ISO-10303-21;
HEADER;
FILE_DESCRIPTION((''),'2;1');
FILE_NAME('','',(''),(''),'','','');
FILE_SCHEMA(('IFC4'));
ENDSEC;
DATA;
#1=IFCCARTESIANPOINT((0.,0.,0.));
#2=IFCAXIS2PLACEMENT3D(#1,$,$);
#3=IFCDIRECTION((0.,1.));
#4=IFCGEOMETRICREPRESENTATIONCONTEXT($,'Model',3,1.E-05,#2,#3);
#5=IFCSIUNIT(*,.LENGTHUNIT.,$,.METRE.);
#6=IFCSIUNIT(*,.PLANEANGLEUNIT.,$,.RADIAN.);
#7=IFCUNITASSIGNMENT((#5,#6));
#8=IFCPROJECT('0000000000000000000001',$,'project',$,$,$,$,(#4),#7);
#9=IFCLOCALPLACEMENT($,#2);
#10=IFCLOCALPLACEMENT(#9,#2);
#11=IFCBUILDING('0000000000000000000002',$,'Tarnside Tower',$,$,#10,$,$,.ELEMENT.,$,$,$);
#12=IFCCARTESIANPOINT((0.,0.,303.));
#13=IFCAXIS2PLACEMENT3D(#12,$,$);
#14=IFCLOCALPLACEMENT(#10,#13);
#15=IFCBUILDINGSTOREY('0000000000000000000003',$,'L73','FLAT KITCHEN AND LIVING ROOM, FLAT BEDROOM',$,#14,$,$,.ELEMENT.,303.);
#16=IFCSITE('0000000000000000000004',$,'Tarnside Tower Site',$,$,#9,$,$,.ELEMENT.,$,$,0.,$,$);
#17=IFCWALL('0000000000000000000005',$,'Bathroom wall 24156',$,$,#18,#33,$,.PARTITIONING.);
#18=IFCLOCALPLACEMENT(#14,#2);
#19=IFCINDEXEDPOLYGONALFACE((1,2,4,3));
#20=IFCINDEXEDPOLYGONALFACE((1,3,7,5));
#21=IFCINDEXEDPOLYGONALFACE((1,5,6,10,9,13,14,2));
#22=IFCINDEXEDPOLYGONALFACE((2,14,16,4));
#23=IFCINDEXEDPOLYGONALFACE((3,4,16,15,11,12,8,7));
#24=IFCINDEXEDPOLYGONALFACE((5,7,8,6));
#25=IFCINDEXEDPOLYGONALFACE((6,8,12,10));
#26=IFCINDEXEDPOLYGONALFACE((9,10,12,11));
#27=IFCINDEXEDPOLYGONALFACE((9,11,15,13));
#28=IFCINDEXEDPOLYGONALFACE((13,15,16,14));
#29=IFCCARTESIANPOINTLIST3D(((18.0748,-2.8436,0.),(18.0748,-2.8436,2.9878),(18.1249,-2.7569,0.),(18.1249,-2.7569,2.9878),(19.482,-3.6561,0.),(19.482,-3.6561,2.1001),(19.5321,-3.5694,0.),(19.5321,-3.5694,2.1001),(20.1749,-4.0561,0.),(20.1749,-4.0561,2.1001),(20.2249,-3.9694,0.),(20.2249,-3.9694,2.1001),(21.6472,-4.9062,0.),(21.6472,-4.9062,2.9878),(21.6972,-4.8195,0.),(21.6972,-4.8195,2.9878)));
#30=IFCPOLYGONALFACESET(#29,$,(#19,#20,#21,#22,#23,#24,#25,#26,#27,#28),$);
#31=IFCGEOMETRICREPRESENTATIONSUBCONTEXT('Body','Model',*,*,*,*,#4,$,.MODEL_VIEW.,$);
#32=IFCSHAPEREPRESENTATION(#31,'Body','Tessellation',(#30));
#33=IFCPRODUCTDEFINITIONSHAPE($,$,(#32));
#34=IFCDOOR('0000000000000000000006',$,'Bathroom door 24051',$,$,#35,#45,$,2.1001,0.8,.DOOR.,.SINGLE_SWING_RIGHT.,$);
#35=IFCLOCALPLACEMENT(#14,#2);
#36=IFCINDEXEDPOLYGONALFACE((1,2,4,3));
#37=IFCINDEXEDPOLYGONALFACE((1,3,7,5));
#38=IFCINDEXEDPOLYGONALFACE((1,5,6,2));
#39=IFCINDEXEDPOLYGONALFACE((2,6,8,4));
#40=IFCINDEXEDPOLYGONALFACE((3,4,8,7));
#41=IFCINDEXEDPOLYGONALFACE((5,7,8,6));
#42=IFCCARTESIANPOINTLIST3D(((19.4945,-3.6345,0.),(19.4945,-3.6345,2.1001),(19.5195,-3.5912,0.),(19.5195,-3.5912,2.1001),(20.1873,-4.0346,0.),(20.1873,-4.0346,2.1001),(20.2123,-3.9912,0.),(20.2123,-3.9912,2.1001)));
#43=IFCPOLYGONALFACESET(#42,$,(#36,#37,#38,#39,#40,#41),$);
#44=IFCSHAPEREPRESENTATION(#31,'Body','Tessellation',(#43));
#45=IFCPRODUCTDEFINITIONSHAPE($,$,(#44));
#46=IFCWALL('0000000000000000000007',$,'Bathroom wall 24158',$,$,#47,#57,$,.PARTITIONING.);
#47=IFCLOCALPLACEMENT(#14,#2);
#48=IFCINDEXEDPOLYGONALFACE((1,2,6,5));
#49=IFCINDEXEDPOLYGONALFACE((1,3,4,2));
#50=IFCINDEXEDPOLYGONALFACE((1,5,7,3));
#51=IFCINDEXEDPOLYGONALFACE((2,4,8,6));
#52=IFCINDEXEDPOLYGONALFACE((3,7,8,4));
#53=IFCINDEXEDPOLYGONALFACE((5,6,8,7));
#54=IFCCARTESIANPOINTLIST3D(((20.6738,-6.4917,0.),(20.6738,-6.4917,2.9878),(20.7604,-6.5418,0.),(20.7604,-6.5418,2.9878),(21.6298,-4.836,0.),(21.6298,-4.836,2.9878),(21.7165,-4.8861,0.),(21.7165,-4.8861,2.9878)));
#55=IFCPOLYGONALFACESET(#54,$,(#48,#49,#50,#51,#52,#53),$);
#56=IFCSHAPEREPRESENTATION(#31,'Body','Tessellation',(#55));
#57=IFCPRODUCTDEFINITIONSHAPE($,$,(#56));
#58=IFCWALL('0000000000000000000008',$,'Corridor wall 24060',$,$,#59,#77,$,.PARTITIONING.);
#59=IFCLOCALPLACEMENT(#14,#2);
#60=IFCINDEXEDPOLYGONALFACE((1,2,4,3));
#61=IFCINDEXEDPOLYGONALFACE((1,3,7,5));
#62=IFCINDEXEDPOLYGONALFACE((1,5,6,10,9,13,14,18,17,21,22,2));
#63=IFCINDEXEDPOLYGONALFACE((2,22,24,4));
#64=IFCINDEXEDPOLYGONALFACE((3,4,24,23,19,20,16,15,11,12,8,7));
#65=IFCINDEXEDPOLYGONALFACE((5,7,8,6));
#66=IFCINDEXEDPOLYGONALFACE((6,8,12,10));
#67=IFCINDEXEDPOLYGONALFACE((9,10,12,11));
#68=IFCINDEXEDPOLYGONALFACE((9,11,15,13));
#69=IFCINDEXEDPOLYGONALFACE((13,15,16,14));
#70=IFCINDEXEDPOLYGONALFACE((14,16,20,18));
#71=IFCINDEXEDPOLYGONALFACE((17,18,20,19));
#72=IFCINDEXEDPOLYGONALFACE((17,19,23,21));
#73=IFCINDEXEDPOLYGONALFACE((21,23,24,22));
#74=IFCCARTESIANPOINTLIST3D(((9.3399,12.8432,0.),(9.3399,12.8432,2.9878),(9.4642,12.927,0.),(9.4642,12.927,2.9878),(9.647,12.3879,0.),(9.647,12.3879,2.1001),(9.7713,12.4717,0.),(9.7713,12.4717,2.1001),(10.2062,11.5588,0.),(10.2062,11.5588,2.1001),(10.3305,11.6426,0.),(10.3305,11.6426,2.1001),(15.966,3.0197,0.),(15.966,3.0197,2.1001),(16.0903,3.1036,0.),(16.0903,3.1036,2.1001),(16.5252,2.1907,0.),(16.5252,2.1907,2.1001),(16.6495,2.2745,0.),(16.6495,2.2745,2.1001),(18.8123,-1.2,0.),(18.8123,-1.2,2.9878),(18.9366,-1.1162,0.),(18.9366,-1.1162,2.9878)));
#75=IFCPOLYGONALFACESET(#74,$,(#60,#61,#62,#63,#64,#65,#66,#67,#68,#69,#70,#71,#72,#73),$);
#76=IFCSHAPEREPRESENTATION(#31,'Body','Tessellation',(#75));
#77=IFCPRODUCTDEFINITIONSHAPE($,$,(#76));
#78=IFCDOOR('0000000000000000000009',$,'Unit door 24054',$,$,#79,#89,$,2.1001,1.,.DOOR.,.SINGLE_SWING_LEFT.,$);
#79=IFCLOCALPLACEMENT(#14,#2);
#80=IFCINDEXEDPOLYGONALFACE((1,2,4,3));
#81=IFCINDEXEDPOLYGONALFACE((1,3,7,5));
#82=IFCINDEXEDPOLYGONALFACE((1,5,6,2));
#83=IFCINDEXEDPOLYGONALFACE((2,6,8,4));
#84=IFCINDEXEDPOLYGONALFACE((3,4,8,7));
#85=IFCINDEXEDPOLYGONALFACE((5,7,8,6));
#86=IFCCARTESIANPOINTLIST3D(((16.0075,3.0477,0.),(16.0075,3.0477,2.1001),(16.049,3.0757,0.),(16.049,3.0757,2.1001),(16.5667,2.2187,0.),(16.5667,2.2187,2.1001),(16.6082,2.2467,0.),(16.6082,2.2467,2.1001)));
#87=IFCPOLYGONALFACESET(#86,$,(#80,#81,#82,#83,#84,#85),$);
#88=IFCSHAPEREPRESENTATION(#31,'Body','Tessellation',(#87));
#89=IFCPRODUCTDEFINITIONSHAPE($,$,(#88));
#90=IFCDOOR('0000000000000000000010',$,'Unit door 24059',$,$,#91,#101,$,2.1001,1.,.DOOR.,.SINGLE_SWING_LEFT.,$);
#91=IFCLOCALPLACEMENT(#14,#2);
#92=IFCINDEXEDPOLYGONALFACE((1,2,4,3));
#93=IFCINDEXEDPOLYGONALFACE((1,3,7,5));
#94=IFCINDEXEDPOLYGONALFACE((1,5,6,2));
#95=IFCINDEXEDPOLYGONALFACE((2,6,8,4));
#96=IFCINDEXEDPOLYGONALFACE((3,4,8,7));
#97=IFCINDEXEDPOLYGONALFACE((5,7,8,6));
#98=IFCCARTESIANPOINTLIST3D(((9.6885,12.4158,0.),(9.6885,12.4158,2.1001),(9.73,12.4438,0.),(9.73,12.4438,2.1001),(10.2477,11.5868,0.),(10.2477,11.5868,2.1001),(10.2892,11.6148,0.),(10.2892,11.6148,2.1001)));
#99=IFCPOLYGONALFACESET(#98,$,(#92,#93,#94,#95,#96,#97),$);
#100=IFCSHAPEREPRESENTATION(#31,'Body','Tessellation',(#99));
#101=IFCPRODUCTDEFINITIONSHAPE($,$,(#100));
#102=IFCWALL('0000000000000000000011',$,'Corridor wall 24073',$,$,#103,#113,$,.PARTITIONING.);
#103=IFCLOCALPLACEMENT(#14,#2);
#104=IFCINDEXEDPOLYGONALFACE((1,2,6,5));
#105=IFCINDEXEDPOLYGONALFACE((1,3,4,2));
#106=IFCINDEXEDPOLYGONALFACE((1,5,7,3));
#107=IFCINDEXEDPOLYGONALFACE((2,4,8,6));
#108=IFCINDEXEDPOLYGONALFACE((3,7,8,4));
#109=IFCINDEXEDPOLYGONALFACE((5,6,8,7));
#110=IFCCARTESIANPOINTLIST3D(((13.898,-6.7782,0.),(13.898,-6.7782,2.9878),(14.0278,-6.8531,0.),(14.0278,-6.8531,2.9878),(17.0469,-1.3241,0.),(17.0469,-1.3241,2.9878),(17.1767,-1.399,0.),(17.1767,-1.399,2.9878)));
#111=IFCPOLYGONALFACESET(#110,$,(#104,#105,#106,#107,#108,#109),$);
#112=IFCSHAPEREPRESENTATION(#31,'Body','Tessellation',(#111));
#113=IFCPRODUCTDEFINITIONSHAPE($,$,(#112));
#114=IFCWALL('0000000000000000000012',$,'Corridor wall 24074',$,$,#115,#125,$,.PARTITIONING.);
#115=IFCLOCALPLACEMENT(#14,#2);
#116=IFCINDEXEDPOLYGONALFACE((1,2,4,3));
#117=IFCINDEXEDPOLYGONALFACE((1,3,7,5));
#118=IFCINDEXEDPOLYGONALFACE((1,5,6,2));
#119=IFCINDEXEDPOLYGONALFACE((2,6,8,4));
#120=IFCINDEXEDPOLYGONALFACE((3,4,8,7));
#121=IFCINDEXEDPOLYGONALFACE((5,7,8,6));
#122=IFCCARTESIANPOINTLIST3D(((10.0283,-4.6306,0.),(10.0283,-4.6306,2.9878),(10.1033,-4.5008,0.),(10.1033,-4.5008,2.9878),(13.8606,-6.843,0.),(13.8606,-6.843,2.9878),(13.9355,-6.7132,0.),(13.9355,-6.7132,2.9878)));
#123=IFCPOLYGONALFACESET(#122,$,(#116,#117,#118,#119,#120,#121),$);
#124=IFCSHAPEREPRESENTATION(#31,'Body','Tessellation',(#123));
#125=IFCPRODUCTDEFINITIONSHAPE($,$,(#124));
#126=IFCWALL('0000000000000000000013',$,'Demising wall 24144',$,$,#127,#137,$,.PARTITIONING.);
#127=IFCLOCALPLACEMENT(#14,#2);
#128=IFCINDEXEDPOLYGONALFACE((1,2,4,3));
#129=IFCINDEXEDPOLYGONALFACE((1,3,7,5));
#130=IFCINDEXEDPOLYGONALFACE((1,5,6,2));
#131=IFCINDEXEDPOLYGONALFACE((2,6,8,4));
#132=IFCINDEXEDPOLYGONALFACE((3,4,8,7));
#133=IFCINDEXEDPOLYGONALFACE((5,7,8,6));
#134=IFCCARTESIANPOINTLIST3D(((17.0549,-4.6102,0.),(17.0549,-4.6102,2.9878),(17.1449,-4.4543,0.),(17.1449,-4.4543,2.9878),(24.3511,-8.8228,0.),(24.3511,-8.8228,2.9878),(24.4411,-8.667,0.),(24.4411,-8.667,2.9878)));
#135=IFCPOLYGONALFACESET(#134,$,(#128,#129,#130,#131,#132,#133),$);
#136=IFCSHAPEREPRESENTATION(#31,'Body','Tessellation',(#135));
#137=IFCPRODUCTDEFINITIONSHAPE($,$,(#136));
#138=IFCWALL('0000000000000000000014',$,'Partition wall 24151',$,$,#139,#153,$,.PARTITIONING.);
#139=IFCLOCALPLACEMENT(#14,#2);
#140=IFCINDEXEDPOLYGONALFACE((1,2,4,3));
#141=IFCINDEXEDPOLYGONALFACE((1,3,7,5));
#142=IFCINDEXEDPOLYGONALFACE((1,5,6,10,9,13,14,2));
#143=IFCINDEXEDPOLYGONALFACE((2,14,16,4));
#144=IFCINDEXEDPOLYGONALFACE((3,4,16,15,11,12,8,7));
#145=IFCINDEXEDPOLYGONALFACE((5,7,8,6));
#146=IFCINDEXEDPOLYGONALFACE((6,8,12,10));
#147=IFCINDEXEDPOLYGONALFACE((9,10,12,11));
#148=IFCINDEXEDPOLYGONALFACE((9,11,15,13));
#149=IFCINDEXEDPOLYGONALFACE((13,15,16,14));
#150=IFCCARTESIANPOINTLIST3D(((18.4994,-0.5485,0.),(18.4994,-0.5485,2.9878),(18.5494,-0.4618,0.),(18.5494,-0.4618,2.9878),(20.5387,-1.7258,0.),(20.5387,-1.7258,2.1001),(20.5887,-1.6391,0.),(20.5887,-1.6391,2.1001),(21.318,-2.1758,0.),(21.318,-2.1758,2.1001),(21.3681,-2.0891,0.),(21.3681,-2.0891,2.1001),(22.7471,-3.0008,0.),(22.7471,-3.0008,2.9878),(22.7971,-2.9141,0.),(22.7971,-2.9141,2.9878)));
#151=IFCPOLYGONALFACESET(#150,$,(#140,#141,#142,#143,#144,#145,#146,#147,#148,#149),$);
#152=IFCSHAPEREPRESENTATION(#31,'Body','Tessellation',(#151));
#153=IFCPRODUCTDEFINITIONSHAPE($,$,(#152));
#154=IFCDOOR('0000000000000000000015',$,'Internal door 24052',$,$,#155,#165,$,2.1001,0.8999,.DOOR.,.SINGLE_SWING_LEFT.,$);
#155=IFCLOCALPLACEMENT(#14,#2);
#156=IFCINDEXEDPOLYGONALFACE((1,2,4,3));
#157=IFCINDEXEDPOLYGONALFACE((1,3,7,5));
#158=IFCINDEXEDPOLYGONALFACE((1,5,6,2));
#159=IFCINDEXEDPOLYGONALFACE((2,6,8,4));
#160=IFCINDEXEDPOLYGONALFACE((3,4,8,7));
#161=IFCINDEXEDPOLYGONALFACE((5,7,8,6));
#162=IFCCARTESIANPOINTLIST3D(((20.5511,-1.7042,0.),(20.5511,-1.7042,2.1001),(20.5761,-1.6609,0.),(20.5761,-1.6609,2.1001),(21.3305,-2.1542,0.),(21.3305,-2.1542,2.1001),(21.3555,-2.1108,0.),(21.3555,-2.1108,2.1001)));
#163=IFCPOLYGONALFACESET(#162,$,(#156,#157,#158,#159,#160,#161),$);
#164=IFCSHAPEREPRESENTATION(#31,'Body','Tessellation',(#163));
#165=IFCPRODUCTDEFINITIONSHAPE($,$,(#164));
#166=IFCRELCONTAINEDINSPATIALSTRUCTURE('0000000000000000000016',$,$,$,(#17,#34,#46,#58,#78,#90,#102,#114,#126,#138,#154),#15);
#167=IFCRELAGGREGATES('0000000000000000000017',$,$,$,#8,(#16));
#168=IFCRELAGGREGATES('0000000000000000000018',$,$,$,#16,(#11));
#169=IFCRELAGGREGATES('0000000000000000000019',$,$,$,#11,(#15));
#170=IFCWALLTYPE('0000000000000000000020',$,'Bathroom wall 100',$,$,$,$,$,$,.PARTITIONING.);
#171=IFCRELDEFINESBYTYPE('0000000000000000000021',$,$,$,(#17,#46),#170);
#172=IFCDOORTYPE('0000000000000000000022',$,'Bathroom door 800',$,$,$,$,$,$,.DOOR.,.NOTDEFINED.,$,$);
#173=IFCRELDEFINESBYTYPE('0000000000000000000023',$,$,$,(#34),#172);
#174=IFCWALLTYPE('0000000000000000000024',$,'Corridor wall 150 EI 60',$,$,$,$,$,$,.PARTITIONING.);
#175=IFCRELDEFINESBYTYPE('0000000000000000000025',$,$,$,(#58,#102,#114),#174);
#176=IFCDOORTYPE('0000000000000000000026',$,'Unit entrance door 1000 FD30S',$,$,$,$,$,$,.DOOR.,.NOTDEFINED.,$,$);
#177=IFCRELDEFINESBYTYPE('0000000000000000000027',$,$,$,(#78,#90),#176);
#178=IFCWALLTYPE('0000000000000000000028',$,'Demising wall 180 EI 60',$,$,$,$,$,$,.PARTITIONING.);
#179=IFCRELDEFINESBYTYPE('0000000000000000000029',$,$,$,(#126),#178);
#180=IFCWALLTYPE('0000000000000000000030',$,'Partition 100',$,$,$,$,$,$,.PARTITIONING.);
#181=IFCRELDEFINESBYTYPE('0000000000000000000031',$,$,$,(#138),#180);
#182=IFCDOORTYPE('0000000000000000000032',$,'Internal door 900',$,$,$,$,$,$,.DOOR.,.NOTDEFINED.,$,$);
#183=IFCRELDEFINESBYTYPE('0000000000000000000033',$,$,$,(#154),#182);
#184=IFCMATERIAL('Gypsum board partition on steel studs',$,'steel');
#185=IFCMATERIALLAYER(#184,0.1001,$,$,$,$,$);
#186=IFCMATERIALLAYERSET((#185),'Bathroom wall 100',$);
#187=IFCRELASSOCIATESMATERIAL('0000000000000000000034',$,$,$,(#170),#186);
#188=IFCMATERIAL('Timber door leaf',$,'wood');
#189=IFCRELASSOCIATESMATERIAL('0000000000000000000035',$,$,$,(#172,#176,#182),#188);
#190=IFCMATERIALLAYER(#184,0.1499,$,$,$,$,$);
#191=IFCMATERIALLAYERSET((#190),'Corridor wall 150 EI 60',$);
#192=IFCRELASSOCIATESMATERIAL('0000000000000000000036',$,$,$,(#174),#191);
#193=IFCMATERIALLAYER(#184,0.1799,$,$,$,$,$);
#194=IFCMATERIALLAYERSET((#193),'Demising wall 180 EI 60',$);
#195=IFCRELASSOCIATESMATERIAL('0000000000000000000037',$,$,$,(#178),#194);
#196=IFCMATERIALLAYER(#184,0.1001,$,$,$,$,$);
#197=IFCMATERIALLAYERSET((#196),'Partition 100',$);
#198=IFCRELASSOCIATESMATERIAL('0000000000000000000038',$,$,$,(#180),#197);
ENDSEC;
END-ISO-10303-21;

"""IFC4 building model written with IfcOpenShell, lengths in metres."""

from ifc_helpers import new_model, si_unit, direction, frame, frame_2d, origin, place, context, subcontext, project, spatial, rectangle, extrude, material, layer, layer_set, type_object, element, fill, save


model = new_model("IFC4")

# Units and contexts
model_context = context("Model", 3, precision=1e-05, world=origin(), true_north=direction((0.0, 1.0)))
body_context = subcontext(model_context, "Body", "Model", "MODEL_VIEW")
ifc_project = project(units=[si_unit("LENGTHUNIT", "METRE"), si_unit("PLANEANGLEUNIT", "RADIAN")], contexts=[model_context])

# Site, building, storey
site_placement = place(None, origin())
site = spatial("IfcSite", under=ifc_project, at=site_placement, Name="Tarnside Tower Site", CompositionType="ELEMENT", RefElevation=0.0)
building_placement = place(site_placement, origin())
building = spatial("IfcBuilding", under=site, at=building_placement, Name="Tarnside Tower", CompositionType="ELEMENT")
storey_placement = place(building_placement, frame((0.0, 0.0, 303.0)))
storey = spatial("IfcBuildingStorey", under=building, at=storey_placement, Name="L73", Description="FLAT KITCHEN AND LIVING ROOM, FLAT BEDROOM", CompositionType="ELEMENT", Elevation=303.0)

# Wall, opening, door
ifc_material_1 = material(Name="Gypsum board partition on steel studs", Category="steel")
ifc_layer_1 = layer(ifc_material_1, 0.1001)
ifc_layer_set_1 = layer_set([ifc_layer_1], Name="Bathroom wall 100")
wall_type_1 = type_object("IfcWallType", Name="Bathroom wall 100", PredefinedType="PARTITIONING", material=ifc_layer_set_1)
wall_1_placement = place(storey_placement, frame((18.0999, -2.8003, 0.0), z_axis=(0.0, 0.0, 1.0), x_axis=(0.86602, -0.500009, 0.0)))
wall_1 = element("IfcWall", 1, at=wall_1_placement, inside=storey, type_object=wall_type_1, Name="Bathroom wall 24156", PredefinedType="PARTITIONING", context=body_context, shape_type="SweptSolid", body=[
    extrude(rectangle(XDim=4.125, YDim=0.1001, at=frame_2d((2.0625, 0.0))), origin(), (0.0, 0.0, 1.0), 2.9878),
])
opening_1_placement = place(wall_1_placement, frame((1.625, 0.0, 0.0)))
opening_1 = element("IfcOpeningElement", 2, at=opening_1_placement, cuts=wall_1, PredefinedType="OPENING", context=body_context, shape_type="SweptSolid", body=[
    extrude(rectangle(XDim=0.8, YDim=2.1001, at=frame_2d((0.3999, 1.05))), frame((0.0, 0.0601, 0.0), z_axis=(0.0, -1.0, 0.0), x_axis=(1.0, 0.0, 0.0)), (0.0, 0.0, 1.0), 0.1201),
])
ifc_material_2 = material(Name="Timber door leaf", Category="wood")
door_type_1 = type_object("IfcDoorType", Name="Bathroom door 800", OperationType="NOTDEFINED", PredefinedType="DOOR", material=ifc_material_2)
door_1_placement = place(opening_1_placement, origin())
door_1 = element("IfcDoor", 3, at=door_1_placement, inside=storey, type_object=door_type_1, Name="Bathroom door 24051", OperationType="SINGLE_SWING_RIGHT", OverallHeight=2.1001, OverallWidth=0.8, PredefinedType="DOOR", context=body_context, shape_type="SweptSolid", body=[
    extrude(rectangle(XDim=0.8, YDim=2.1001, at=frame_2d((0.3999, 1.05))), frame((0.0, 0.0249, 0.0), z_axis=(0.0, -1.0, 0.0), x_axis=(1.0, 0.0, 0.0)), (0.0, 0.0, 1.0), 0.05),
])
fill(opening_1, door_1)

# Wall
wall_2_placement = place(storey_placement, frame((20.717, -6.5168, 0.0), z_axis=(0.0, 0.0, 1.0), x_axis=(0.500039, 0.866003, 0.0)))
element("IfcWall", 4, at=wall_2_placement, inside=storey, type_object=wall_type_1, Name="Bathroom wall 24158", PredefinedType="PARTITIONING", context=body_context, shape_type="SweptSolid", body=[
    extrude(rectangle(XDim=1.9119, YDim=0.1001, at=frame_2d((0.9561, 0.0))), origin(), (0.0, 0.0, 1.0), 2.9878),
])

# Wall, openings, doors
ifc_layer_2 = layer(ifc_material_1, 0.1499)
ifc_layer_set_2 = layer_set([ifc_layer_2], Name="Corridor wall 150 EI 60")
wall_type_2 = type_object("IfcWallType", Name="Corridor wall 150 EI 60", PredefinedType="PARTITIONING", material=ifc_layer_set_2)
wall_3_placement = place(storey_placement, frame((18.8745, -1.1582, 0.0), z_axis=(0.0, 0.0, 1.0), x_axis=(-0.559199, 0.829034, 0.0)))
wall_3 = element("IfcWall", 5, at=wall_3_placement, inside=storey, type_object=wall_type_2, Name="Corridor wall 24060", PredefinedType="PARTITIONING", context=body_context, shape_type="SweptSolid", body=[
    extrude(rectangle(XDim=16.9392, YDim=0.1499, at=frame_2d((8.4697, 0.0))), origin(), (0.0, 0.0, 1.0), 2.9878),
])
opening_2_placement = place(wall_3_placement, frame((4.0901, 0.0, 0.0)))
opening_2 = element("IfcOpeningElement", 6, at=opening_2_placement, cuts=wall_3, PredefinedType="OPENING", context=body_context, shape_type="SweptSolid", body=[
    extrude(rectangle(XDim=1.0, YDim=2.1001, at=frame_2d((0.5, 1.05))), frame((0.0, 0.085, 0.0), z_axis=(0.0, -1.0, 0.0), x_axis=(1.0, 0.0, 0.0)), (0.0, 0.0, 1.0), 0.1699),
])
opening_3_placement = place(wall_3_placement, frame((15.3901, 0.0, 0.0)))
opening_3 = element("IfcOpeningElement", 7, at=opening_3_placement, cuts=wall_3, PredefinedType="OPENING", context=body_context, shape_type="SweptSolid", body=[
    extrude(rectangle(XDim=1.0, YDim=2.1001, at=frame_2d((0.5, 1.05))), frame((0.0, 0.085, 0.0), z_axis=(0.0, -1.0, 0.0), x_axis=(1.0, 0.0, 0.0)), (0.0, 0.0, 1.0), 0.1699),
])
door_type_2 = type_object("IfcDoorType", Name="Unit entrance door 1000 FD30S", OperationType="NOTDEFINED", PredefinedType="DOOR", material=ifc_material_2)
door_2_placement = place(opening_2_placement, origin())
door_2 = element("IfcDoor", 8, at=door_2_placement, inside=storey, type_object=door_type_2, Name="Unit door 24054", OperationType="SINGLE_SWING_LEFT", OverallHeight=2.1001, OverallWidth=1.0, PredefinedType="DOOR", context=body_context, shape_type="SweptSolid", body=[
    extrude(rectangle(XDim=1.0, YDim=2.1001, at=frame_2d((0.5, 1.05))), frame((0.0, 0.0249, 0.0), z_axis=(0.0, -1.0, 0.0), x_axis=(1.0, 0.0, 0.0)), (0.0, 0.0, 1.0), 0.05),
])
fill(opening_2, door_2)
door_3_placement = place(opening_3_placement, origin())
door_3 = element("IfcDoor", 9, at=door_3_placement, inside=storey, type_object=door_type_2, Name="Unit door 24059", OperationType="SINGLE_SWING_LEFT", OverallHeight=2.1001, OverallWidth=1.0, PredefinedType="DOOR", context=body_context, shape_type="SweptSolid", body=[
    extrude(rectangle(XDim=1.0, YDim=2.1001, at=frame_2d((0.5, 1.05))), frame((0.0, 0.0249, 0.0), z_axis=(0.0, -1.0, 0.0), x_axis=(1.0, 0.0, 0.0)), (0.0, 0.0, 1.0), 0.05),
])
fill(opening_3, door_3)

# Walls
wall_4_placement = place(storey_placement, frame((17.1118, -1.3616, 0.0), z_axis=(0.0, 0.0, 1.0), x_axis=(-0.5, -0.866025, 0.0)))
element("IfcWall", 10, at=wall_4_placement, inside=storey, type_object=wall_type_2, Name="Corridor wall 24073", PredefinedType="PARTITIONING", context=body_context, shape_type="SweptSolid", body=[
    extrude(rectangle(XDim=6.2979, YDim=0.1499, at=frame_2d((3.1489, 0.0))), origin(), (0.0, 0.0, 1.0), 2.9878),
])
wall_5_placement = place(storey_placement, frame((13.8979, -6.7781, 0.0), z_axis=(0.0, 0.0, 1.0), x_axis=(-0.866041, 0.499972, 0.0)))
element("IfcWall", 11, at=wall_5_placement, inside=storey, type_object=wall_type_2, Name="Corridor wall 24074", PredefinedType="PARTITIONING", context=body_context, shape_type="SweptSolid", body=[
    extrude(rectangle(XDim=4.425, YDim=0.1499, at=frame_2d((2.2124, 0.0))), origin(), (0.0, 0.0, 1.0), 2.9878),
])
ifc_layer_3 = layer(ifc_material_1, 0.1799)
ifc_layer_set_3 = layer_set([ifc_layer_3], Name="Demising wall 180 EI 60")
wall_type_3 = type_object("IfcWallType", Name="Demising wall 180 EI 60", PredefinedType="PARTITIONING", material=ifc_layer_set_3)
wall_6_placement = place(storey_placement, frame((24.396, -8.7449, 0.0), z_axis=(0.0, 0.0, 1.0), x_axis=(-0.866014, 0.500019, 0.0)))
element("IfcWall", 12, at=wall_6_placement, inside=storey, type_object=wall_type_3, Name="Demising wall 24144", PredefinedType="PARTITIONING", context=body_context, shape_type="SweptSolid", body=[
    extrude(rectangle(XDim=8.425, YDim=0.1799, at=frame_2d((4.2124, 0.0))), origin(), (0.0, 0.0, 1.0), 2.9878),
])

# Wall, opening, door
ifc_layer_4 = layer(ifc_material_1, 0.1001)
ifc_layer_set_4 = layer_set([ifc_layer_4], Name="Partition 100")
wall_type_4 = type_object("IfcWallType", Name="Partition 100", PredefinedType="PARTITIONING", material=ifc_layer_set_4)
wall_7_placement = place(storey_placement, frame((18.5244, -0.5051, 0.0), z_axis=(0.0, 0.0, 1.0), x_axis=(0.866032, -0.499988, 0.0)))
wall_7 = element("IfcWall", 13, at=wall_7_placement, inside=storey, type_object=wall_type_4, Name="Partition wall 24151", PredefinedType="PARTITIONING", context=body_context, shape_type="SweptSolid", body=[
    extrude(rectangle(XDim=4.9048, YDim=0.1001, at=frame_2d((2.4524, 0.0))), origin(), (0.0, 0.0, 1.0), 2.9878),
])
opening_4_placement = place(wall_7_placement, frame((2.3547, 0.0, 0.0)))
opening_4 = element("IfcOpeningElement", 14, at=opening_4_placement, cuts=wall_7, PredefinedType="OPENING", context=body_context, shape_type="SweptSolid", body=[
    extrude(rectangle(XDim=0.8999, YDim=2.1001, at=frame_2d((0.45, 1.05))), frame((0.0, 0.0601, 0.0), z_axis=(0.0, -1.0, 0.0), x_axis=(1.0, 0.0, 0.0)), (0.0, 0.0, 1.0), 0.1201),
])
door_type_3 = type_object("IfcDoorType", Name="Internal door 900", OperationType="NOTDEFINED", PredefinedType="DOOR", material=ifc_material_2)
door_4_placement = place(opening_4_placement, origin())
door_4 = element("IfcDoor", 15, at=door_4_placement, inside=storey, type_object=door_type_3, Name="Internal door 24052", OperationType="SINGLE_SWING_LEFT", OverallHeight=2.1001, OverallWidth=0.8999, PredefinedType="DOOR", context=body_context, shape_type="SweptSolid", body=[
    extrude(rectangle(XDim=0.8999, YDim=2.1001, at=frame_2d((0.45, 1.05))), frame((0.0, 0.0249, 0.0), z_axis=(0.0, -1.0, 0.0), x_axis=(1.0, 0.0, 0.0)), (0.0, 0.0, 1.0), 0.05),
])
fill(opening_4, door_4)

save(model, "model.ifc")
